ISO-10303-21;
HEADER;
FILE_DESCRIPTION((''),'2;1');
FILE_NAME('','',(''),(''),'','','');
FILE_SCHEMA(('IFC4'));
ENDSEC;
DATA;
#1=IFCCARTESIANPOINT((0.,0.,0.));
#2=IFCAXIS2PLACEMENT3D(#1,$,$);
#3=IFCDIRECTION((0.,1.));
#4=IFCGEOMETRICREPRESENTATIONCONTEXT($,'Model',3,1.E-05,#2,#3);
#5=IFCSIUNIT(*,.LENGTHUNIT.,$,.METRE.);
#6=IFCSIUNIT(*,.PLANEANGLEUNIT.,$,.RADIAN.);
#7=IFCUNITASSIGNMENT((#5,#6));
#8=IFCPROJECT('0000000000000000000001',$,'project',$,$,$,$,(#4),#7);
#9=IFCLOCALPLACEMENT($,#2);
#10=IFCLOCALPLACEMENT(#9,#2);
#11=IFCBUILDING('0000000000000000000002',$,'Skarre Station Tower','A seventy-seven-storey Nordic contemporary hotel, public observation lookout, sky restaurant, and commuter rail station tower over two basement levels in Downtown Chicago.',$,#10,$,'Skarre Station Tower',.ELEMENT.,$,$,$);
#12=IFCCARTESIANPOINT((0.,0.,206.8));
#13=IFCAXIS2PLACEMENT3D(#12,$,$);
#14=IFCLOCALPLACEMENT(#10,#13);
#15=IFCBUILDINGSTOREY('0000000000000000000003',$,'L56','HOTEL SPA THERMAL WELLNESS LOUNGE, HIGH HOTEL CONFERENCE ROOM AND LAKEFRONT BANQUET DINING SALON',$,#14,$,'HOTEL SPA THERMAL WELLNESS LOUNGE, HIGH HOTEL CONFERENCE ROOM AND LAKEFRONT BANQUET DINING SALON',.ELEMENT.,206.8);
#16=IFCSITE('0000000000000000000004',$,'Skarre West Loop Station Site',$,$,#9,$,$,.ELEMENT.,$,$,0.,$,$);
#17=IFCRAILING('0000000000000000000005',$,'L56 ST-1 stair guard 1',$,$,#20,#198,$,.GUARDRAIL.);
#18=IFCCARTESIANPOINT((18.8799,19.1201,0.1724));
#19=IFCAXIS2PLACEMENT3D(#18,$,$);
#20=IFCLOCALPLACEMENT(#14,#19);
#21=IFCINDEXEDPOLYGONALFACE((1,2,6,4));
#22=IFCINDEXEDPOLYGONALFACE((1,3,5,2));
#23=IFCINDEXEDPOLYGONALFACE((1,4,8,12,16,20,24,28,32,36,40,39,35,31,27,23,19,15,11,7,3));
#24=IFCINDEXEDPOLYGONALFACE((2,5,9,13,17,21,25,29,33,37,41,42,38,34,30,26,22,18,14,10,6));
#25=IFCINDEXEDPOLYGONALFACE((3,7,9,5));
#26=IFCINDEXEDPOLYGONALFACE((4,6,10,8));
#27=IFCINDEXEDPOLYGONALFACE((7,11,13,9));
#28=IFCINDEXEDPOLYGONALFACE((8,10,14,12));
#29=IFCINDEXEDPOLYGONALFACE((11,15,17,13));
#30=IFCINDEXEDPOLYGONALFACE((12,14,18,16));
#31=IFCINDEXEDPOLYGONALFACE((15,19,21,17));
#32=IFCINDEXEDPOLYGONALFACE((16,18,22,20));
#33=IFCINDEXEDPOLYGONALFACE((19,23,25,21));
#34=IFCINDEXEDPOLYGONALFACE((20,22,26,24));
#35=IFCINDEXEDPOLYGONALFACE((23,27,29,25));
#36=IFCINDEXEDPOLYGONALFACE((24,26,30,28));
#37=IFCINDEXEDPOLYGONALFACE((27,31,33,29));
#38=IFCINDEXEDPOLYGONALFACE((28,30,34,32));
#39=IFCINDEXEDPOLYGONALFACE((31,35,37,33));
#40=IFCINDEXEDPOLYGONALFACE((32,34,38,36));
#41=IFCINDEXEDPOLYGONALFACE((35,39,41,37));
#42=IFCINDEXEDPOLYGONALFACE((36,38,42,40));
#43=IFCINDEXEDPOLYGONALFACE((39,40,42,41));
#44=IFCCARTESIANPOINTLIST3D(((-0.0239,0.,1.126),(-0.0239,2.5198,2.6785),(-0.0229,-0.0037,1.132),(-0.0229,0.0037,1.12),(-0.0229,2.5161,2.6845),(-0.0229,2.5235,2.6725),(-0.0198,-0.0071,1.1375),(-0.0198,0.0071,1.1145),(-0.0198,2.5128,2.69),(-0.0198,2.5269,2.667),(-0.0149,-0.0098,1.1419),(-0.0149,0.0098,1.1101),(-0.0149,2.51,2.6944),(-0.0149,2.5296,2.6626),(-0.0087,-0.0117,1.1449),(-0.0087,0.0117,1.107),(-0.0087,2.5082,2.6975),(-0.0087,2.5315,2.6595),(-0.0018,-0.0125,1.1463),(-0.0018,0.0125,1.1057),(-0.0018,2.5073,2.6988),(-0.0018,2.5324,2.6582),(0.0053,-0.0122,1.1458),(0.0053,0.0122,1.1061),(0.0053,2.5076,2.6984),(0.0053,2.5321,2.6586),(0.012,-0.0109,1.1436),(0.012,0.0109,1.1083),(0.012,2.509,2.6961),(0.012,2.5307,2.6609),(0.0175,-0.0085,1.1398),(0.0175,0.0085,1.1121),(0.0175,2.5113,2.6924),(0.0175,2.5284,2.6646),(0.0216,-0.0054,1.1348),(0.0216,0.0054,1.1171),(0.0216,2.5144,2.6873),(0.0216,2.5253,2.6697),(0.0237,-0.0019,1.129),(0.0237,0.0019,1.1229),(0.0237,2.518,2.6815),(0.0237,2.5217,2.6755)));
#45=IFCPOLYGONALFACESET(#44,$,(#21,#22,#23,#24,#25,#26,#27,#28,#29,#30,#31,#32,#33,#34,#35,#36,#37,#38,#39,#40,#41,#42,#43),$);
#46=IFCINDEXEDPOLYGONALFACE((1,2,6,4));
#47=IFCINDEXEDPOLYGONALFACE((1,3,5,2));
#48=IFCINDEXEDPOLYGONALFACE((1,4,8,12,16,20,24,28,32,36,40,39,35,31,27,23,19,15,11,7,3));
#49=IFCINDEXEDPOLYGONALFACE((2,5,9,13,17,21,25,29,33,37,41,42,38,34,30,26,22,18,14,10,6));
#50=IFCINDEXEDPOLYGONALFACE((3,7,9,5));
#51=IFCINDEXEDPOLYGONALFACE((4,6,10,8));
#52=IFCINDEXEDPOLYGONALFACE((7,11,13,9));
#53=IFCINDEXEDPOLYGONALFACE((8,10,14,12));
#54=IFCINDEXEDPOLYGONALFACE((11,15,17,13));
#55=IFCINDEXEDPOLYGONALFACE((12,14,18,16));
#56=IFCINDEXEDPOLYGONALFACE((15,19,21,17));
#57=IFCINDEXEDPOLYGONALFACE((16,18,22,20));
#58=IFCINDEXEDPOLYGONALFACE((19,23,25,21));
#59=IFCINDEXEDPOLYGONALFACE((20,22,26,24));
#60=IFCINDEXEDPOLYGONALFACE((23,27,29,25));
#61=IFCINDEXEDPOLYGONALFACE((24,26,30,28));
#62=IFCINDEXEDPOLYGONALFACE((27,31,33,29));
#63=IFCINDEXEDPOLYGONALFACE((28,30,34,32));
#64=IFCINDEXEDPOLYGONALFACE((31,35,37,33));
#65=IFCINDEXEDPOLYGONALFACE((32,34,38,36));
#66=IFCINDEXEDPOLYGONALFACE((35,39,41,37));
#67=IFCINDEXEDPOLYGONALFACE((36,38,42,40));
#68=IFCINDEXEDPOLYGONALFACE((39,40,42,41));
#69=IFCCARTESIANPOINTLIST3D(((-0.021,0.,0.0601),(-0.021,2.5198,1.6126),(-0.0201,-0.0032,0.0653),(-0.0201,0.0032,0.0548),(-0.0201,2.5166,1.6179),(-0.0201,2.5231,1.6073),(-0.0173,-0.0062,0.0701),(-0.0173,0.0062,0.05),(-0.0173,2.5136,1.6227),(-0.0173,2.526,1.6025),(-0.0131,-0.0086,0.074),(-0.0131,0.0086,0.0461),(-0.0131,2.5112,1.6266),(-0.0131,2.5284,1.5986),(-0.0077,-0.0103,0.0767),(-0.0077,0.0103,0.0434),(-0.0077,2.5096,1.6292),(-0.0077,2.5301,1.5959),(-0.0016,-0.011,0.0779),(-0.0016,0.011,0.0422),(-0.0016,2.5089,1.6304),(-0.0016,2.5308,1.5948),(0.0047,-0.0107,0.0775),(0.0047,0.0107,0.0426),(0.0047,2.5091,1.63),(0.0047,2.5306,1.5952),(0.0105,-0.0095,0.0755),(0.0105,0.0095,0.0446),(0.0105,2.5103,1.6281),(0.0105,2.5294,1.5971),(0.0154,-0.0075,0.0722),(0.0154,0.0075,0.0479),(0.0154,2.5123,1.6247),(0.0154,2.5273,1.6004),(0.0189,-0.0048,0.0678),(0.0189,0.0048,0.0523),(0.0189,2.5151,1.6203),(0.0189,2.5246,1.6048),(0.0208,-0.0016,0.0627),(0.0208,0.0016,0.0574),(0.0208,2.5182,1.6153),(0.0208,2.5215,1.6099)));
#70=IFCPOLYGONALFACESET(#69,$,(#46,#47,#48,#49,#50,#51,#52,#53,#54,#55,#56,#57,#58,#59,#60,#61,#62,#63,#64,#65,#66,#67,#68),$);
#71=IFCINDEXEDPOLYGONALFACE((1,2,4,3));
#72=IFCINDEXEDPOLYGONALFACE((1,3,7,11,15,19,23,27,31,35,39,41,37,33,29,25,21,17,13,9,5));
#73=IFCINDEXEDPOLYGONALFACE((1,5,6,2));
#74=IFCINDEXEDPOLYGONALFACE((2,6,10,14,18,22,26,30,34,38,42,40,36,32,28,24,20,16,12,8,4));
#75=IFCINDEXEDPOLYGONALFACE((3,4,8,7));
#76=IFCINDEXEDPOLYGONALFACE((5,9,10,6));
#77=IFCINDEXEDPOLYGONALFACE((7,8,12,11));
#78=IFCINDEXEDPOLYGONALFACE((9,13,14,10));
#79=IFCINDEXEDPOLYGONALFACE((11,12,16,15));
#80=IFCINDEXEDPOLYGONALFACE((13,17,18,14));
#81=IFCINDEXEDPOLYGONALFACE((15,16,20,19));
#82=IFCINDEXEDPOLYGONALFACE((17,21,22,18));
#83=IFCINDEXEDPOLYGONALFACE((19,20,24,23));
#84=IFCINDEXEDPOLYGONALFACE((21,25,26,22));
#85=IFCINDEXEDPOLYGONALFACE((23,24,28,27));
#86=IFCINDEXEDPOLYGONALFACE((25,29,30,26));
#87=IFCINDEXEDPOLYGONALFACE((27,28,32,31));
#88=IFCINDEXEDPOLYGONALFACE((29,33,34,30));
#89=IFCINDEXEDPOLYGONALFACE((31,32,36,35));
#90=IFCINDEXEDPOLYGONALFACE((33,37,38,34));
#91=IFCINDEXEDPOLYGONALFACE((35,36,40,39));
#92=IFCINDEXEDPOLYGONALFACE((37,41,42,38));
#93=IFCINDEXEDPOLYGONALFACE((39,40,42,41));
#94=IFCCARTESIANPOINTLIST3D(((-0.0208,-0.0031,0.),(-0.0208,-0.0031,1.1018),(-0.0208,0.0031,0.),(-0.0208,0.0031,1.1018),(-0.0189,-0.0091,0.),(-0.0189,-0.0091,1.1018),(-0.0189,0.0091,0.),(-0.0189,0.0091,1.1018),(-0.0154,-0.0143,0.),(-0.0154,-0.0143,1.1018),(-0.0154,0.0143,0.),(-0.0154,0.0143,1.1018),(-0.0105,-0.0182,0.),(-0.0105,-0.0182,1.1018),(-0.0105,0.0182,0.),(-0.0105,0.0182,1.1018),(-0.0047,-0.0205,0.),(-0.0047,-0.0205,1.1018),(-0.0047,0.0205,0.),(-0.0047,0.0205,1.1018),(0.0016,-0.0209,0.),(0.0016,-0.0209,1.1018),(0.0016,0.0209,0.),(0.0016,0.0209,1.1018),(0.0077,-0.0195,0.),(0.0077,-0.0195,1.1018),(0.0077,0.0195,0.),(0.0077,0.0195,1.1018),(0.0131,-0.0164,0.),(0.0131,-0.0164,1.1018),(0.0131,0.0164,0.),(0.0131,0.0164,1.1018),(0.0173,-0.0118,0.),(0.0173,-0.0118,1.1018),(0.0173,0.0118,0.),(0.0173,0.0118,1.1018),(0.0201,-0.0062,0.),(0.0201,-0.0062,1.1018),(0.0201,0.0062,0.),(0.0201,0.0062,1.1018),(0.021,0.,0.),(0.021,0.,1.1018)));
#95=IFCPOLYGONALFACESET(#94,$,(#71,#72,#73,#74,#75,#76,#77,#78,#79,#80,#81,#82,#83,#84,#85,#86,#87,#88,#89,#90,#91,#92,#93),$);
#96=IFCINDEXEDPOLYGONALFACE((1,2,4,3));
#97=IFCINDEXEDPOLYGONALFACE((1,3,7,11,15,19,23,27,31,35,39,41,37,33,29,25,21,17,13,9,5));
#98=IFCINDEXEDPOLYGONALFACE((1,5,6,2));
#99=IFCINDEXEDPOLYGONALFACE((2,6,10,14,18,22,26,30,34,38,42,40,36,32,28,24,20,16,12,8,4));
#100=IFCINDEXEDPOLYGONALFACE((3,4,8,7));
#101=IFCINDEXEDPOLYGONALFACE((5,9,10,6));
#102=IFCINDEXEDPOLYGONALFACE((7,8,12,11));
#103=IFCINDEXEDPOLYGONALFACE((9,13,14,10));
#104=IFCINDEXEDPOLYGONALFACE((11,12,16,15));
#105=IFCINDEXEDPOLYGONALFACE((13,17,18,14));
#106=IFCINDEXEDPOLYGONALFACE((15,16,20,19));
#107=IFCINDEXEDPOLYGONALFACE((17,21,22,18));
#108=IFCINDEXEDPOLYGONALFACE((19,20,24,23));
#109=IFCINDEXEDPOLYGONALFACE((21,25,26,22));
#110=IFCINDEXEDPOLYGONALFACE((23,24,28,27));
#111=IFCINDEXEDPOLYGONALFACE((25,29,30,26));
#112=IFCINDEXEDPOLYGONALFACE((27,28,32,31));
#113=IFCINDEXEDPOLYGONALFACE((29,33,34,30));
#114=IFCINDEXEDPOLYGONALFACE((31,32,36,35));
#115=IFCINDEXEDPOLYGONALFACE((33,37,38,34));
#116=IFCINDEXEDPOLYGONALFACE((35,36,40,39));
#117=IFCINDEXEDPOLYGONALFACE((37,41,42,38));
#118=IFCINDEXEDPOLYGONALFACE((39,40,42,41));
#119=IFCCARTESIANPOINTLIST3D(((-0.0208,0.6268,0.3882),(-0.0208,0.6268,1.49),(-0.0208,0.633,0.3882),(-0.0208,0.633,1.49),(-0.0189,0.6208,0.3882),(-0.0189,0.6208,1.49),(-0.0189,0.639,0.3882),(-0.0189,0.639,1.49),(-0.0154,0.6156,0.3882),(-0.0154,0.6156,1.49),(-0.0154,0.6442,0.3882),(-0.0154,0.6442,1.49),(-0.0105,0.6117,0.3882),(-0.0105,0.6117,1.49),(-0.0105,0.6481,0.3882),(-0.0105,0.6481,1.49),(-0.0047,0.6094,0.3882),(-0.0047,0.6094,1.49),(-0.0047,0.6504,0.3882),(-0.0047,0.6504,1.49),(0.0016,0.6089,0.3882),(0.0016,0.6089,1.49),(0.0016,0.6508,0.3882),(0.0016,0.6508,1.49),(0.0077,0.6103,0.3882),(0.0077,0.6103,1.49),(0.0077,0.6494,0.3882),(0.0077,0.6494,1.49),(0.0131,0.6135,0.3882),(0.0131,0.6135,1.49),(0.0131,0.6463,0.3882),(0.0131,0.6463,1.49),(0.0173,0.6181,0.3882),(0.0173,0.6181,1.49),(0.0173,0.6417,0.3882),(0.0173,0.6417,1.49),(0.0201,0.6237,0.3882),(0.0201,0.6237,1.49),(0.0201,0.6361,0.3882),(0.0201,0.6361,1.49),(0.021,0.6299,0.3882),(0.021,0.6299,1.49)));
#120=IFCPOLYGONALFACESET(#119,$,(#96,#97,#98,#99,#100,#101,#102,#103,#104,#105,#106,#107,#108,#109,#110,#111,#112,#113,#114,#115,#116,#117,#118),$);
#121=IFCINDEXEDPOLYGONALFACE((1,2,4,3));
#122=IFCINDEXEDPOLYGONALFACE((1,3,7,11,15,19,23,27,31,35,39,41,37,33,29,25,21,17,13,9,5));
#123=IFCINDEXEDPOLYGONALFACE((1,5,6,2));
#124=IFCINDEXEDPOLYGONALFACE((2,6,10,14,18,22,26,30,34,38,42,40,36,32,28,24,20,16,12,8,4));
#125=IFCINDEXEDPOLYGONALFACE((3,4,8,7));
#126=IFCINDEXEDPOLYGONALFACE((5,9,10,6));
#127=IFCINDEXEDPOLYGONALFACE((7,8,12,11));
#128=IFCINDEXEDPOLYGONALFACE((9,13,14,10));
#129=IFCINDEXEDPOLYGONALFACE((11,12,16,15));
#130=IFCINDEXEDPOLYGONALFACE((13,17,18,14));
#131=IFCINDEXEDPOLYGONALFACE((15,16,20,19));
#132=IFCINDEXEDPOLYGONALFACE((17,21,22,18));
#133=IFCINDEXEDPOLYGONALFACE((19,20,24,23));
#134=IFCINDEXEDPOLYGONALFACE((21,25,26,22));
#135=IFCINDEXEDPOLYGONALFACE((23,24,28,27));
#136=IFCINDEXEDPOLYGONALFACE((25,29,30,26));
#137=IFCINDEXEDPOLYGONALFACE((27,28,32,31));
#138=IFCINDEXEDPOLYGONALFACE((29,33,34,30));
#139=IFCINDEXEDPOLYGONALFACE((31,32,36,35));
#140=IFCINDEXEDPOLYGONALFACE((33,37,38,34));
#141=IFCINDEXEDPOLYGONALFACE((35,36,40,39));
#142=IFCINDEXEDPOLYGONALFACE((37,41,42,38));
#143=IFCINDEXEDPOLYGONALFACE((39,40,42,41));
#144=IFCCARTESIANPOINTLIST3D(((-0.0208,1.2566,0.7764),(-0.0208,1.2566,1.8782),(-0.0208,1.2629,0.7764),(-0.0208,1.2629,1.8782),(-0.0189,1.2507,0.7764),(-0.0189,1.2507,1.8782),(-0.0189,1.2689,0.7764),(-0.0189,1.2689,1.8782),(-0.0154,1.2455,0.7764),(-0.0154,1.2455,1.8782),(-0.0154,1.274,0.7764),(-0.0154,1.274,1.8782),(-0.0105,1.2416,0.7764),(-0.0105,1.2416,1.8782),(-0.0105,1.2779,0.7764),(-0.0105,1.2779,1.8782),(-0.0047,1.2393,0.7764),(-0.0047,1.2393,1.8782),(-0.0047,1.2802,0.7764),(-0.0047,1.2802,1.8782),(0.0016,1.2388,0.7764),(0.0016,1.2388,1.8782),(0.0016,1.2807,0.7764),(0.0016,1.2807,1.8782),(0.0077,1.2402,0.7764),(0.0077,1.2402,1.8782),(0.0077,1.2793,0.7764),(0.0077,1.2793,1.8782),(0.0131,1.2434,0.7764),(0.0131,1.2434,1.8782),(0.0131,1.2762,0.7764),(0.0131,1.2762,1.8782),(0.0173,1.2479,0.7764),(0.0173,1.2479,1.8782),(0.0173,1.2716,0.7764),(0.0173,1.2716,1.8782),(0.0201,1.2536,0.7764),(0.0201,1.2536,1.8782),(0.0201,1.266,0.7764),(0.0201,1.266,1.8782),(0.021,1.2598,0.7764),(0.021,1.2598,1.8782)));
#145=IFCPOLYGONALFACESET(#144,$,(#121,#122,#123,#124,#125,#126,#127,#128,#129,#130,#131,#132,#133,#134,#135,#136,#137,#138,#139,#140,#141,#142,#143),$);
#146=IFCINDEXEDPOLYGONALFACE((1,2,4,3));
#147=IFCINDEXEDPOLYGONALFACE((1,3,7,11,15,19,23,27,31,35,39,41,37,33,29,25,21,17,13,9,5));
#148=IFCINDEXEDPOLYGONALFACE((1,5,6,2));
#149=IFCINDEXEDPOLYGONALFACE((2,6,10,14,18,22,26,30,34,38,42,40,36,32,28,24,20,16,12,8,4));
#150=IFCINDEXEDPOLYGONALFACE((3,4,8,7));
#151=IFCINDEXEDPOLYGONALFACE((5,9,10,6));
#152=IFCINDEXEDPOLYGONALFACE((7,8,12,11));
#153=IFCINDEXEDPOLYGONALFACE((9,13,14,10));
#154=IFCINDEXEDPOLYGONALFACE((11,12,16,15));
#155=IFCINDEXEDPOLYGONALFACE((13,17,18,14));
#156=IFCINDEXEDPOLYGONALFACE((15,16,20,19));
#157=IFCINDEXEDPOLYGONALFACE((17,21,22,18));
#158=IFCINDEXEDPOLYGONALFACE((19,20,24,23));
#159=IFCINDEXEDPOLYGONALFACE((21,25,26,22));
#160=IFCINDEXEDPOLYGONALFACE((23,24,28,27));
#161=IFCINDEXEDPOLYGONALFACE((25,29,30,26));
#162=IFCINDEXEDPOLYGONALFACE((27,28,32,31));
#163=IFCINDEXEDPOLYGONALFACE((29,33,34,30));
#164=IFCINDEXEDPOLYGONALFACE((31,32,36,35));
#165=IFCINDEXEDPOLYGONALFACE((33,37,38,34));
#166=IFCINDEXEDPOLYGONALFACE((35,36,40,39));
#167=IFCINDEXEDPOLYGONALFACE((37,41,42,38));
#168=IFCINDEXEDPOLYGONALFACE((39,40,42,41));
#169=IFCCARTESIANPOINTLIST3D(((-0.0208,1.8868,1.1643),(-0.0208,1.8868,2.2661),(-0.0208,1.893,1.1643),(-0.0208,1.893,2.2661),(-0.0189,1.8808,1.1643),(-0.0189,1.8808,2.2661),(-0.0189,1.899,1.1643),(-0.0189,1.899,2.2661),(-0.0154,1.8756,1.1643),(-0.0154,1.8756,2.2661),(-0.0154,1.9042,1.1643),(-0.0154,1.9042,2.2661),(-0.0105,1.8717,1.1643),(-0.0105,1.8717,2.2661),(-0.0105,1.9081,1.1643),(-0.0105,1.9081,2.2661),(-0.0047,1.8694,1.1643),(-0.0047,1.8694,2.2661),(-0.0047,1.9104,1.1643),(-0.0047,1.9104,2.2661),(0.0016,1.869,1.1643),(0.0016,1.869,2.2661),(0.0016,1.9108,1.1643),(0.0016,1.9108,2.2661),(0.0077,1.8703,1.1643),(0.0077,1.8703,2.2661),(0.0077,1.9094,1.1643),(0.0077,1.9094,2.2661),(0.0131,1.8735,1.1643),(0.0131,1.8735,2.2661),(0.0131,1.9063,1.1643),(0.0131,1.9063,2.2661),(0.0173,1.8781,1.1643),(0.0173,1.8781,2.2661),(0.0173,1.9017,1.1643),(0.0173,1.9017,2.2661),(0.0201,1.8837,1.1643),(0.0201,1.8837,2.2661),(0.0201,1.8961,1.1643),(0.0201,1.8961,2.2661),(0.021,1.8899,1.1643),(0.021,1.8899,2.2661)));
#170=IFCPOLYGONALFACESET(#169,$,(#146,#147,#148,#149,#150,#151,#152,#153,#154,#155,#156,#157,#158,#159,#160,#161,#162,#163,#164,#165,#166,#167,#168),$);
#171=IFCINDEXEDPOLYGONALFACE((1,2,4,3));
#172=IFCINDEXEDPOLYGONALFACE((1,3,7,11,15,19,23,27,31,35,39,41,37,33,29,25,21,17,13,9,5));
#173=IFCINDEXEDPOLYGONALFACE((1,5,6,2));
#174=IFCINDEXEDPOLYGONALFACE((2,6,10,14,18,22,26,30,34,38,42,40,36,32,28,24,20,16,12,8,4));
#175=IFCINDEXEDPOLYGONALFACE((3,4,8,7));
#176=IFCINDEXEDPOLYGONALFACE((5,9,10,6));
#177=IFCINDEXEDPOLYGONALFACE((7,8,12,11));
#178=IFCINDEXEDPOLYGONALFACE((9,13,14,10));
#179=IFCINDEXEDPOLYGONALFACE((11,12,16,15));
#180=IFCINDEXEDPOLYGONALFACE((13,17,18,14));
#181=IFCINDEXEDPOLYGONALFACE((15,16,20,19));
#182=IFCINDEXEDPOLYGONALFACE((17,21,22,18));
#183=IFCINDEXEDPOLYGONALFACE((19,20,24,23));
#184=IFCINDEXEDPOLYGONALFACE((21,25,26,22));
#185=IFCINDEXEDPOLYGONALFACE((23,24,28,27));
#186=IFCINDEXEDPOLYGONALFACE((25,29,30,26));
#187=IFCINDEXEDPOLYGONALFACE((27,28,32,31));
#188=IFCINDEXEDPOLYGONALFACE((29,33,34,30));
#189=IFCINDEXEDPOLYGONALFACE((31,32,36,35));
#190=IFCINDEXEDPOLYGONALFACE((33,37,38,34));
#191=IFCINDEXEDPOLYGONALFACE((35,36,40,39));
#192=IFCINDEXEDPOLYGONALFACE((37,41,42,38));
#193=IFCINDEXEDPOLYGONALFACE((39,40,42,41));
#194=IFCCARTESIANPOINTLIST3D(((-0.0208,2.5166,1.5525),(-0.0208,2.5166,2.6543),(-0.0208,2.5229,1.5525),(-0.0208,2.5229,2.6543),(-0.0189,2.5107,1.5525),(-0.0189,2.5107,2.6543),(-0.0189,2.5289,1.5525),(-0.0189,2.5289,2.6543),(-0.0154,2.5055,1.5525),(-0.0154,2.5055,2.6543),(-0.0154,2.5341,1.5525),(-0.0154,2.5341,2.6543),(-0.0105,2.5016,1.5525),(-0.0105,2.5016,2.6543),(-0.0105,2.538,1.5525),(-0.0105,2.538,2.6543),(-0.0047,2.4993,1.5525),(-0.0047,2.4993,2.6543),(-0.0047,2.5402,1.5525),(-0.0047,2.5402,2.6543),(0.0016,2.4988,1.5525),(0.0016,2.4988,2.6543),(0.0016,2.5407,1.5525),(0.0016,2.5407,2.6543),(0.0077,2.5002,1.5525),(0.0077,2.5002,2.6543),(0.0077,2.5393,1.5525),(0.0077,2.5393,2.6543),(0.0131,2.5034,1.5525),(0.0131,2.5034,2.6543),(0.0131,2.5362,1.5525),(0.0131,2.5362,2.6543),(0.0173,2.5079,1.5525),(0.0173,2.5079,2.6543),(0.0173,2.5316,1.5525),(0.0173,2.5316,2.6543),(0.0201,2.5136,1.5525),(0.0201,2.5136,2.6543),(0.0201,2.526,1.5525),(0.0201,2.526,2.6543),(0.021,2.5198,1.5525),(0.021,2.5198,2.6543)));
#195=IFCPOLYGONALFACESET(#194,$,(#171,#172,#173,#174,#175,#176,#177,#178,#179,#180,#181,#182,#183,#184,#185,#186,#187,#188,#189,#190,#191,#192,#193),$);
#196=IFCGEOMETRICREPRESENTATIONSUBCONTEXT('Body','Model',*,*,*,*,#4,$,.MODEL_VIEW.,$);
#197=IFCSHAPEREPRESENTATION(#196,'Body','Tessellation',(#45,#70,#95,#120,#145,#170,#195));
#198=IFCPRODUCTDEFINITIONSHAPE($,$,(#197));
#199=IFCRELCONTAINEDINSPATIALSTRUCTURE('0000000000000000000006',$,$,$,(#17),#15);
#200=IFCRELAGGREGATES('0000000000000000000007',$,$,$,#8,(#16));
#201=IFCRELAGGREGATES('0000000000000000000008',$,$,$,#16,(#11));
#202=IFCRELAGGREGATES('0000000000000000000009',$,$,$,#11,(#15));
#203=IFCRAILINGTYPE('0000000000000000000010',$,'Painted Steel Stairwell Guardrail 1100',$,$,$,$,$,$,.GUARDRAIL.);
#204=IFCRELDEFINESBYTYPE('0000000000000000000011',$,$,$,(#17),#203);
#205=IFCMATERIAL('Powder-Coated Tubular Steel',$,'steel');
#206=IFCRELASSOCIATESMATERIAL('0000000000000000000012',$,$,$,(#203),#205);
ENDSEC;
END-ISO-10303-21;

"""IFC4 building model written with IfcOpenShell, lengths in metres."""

from ifc_helpers import new_model, si_unit, direction, frame, origin, origin_2d, place, context, subcontext, project, spatial, circle, extrude, material, type_object, element, save


model = new_model("IFC4")

# Units and contexts
model_context = context("Model", 3, precision=1e-05, world=origin(), true_north=direction((0.0, 1.0)))
body_context = subcontext(model_context, "Body", "Model", "MODEL_VIEW")
ifc_project = project(units=[si_unit("LENGTHUNIT", "METRE"), si_unit("PLANEANGLEUNIT", "RADIAN")], contexts=[model_context])

# Site, building, storey
site_placement = place(None, origin())
site = spatial("IfcSite", under=ifc_project, at=site_placement, Name="Skarre West Loop Station Site", CompositionType="ELEMENT", RefElevation=0.0)
building_placement = place(site_placement, origin())
building = spatial("IfcBuilding", under=site, at=building_placement, Name="Skarre Station Tower", Description="A seventy-seven-storey Nordic contemporary hotel, public observation lookout, sky restaurant, and commuter rail station tower over two basement levels in Downtown Chicago.", LongName="Skarre Station Tower", CompositionType="ELEMENT")
storey_placement = place(building_placement, frame((0.0, 0.0, 206.8)))
storey = spatial("IfcBuildingStorey", under=building, at=storey_placement, Name="L56", Description="HOTEL SPA THERMAL WELLNESS LOUNGE, HIGH HOTEL CONFERENCE ROOM AND LAKEFRONT BANQUET DINING SALON", LongName="HOTEL SPA THERMAL WELLNESS LOUNGE, HIGH HOTEL CONFERENCE ROOM AND LAKEFRONT BANQUET DINING SALON", CompositionType="ELEMENT", Elevation=206.8)

# Railing
ifc_material_1 = material(Name="Powder-Coated Tubular Steel", Category="steel")
railing_type_1 = type_object("IfcRailingType", Name="Painted Steel Stairwell Guardrail 1100", PredefinedType="GUARDRAIL", material=ifc_material_1)
railing_1_placement = place(storey_placement, frame((18.8799, 19.1201, 0.1724)))
element("IfcRailing", 1, at=railing_1_placement, inside=storey, type_object=railing_type_1, Name="L56 ST-1 stair guard 1", PredefinedType="GUARDRAIL", context=body_context, shape_type="SweptSolid", body=[
    extrude(circle(Radius=0.0239, at=origin_2d()), frame((0.0, 0.0, 1.126), z_axis=(0.0, 0.851378, 0.524553), x_axis=(-1.0, 0.0, 0.0)), (0.0, 0.0, 1.0), 2.9597),
    extrude(circle(Radius=0.021, at=origin_2d()), frame((0.0, 0.0, 0.0601), z_axis=(0.0, 0.851378, 0.524553), x_axis=(-1.0, 0.0, 0.0)), (0.0, 0.0, 1.0), 2.9597),
    extrude(circle(Radius=0.021, at=origin_2d()), origin(), (0.0, 0.0, 1.0), 1.1018),
    extrude(circle(Radius=0.021, at=origin_2d()), frame((0.0, 0.6299, 0.3882)), (0.0, 0.0, 1.0), 1.1018),
    extrude(circle(Radius=0.021, at=origin_2d()), frame((0.0, 1.2598, 0.7764)), (0.0, 0.0, 1.0), 1.1018),
    extrude(circle(Radius=0.021, at=origin_2d()), frame((0.0, 1.8899, 1.1643)), (0.0, 0.0, 1.0), 1.1018),
    extrude(circle(Radius=0.021, at=origin_2d()), frame((0.0, 2.5198, 1.5525)), (0.0, 0.0, 1.0), 1.1018),
])

save(model, "model.ifc")
